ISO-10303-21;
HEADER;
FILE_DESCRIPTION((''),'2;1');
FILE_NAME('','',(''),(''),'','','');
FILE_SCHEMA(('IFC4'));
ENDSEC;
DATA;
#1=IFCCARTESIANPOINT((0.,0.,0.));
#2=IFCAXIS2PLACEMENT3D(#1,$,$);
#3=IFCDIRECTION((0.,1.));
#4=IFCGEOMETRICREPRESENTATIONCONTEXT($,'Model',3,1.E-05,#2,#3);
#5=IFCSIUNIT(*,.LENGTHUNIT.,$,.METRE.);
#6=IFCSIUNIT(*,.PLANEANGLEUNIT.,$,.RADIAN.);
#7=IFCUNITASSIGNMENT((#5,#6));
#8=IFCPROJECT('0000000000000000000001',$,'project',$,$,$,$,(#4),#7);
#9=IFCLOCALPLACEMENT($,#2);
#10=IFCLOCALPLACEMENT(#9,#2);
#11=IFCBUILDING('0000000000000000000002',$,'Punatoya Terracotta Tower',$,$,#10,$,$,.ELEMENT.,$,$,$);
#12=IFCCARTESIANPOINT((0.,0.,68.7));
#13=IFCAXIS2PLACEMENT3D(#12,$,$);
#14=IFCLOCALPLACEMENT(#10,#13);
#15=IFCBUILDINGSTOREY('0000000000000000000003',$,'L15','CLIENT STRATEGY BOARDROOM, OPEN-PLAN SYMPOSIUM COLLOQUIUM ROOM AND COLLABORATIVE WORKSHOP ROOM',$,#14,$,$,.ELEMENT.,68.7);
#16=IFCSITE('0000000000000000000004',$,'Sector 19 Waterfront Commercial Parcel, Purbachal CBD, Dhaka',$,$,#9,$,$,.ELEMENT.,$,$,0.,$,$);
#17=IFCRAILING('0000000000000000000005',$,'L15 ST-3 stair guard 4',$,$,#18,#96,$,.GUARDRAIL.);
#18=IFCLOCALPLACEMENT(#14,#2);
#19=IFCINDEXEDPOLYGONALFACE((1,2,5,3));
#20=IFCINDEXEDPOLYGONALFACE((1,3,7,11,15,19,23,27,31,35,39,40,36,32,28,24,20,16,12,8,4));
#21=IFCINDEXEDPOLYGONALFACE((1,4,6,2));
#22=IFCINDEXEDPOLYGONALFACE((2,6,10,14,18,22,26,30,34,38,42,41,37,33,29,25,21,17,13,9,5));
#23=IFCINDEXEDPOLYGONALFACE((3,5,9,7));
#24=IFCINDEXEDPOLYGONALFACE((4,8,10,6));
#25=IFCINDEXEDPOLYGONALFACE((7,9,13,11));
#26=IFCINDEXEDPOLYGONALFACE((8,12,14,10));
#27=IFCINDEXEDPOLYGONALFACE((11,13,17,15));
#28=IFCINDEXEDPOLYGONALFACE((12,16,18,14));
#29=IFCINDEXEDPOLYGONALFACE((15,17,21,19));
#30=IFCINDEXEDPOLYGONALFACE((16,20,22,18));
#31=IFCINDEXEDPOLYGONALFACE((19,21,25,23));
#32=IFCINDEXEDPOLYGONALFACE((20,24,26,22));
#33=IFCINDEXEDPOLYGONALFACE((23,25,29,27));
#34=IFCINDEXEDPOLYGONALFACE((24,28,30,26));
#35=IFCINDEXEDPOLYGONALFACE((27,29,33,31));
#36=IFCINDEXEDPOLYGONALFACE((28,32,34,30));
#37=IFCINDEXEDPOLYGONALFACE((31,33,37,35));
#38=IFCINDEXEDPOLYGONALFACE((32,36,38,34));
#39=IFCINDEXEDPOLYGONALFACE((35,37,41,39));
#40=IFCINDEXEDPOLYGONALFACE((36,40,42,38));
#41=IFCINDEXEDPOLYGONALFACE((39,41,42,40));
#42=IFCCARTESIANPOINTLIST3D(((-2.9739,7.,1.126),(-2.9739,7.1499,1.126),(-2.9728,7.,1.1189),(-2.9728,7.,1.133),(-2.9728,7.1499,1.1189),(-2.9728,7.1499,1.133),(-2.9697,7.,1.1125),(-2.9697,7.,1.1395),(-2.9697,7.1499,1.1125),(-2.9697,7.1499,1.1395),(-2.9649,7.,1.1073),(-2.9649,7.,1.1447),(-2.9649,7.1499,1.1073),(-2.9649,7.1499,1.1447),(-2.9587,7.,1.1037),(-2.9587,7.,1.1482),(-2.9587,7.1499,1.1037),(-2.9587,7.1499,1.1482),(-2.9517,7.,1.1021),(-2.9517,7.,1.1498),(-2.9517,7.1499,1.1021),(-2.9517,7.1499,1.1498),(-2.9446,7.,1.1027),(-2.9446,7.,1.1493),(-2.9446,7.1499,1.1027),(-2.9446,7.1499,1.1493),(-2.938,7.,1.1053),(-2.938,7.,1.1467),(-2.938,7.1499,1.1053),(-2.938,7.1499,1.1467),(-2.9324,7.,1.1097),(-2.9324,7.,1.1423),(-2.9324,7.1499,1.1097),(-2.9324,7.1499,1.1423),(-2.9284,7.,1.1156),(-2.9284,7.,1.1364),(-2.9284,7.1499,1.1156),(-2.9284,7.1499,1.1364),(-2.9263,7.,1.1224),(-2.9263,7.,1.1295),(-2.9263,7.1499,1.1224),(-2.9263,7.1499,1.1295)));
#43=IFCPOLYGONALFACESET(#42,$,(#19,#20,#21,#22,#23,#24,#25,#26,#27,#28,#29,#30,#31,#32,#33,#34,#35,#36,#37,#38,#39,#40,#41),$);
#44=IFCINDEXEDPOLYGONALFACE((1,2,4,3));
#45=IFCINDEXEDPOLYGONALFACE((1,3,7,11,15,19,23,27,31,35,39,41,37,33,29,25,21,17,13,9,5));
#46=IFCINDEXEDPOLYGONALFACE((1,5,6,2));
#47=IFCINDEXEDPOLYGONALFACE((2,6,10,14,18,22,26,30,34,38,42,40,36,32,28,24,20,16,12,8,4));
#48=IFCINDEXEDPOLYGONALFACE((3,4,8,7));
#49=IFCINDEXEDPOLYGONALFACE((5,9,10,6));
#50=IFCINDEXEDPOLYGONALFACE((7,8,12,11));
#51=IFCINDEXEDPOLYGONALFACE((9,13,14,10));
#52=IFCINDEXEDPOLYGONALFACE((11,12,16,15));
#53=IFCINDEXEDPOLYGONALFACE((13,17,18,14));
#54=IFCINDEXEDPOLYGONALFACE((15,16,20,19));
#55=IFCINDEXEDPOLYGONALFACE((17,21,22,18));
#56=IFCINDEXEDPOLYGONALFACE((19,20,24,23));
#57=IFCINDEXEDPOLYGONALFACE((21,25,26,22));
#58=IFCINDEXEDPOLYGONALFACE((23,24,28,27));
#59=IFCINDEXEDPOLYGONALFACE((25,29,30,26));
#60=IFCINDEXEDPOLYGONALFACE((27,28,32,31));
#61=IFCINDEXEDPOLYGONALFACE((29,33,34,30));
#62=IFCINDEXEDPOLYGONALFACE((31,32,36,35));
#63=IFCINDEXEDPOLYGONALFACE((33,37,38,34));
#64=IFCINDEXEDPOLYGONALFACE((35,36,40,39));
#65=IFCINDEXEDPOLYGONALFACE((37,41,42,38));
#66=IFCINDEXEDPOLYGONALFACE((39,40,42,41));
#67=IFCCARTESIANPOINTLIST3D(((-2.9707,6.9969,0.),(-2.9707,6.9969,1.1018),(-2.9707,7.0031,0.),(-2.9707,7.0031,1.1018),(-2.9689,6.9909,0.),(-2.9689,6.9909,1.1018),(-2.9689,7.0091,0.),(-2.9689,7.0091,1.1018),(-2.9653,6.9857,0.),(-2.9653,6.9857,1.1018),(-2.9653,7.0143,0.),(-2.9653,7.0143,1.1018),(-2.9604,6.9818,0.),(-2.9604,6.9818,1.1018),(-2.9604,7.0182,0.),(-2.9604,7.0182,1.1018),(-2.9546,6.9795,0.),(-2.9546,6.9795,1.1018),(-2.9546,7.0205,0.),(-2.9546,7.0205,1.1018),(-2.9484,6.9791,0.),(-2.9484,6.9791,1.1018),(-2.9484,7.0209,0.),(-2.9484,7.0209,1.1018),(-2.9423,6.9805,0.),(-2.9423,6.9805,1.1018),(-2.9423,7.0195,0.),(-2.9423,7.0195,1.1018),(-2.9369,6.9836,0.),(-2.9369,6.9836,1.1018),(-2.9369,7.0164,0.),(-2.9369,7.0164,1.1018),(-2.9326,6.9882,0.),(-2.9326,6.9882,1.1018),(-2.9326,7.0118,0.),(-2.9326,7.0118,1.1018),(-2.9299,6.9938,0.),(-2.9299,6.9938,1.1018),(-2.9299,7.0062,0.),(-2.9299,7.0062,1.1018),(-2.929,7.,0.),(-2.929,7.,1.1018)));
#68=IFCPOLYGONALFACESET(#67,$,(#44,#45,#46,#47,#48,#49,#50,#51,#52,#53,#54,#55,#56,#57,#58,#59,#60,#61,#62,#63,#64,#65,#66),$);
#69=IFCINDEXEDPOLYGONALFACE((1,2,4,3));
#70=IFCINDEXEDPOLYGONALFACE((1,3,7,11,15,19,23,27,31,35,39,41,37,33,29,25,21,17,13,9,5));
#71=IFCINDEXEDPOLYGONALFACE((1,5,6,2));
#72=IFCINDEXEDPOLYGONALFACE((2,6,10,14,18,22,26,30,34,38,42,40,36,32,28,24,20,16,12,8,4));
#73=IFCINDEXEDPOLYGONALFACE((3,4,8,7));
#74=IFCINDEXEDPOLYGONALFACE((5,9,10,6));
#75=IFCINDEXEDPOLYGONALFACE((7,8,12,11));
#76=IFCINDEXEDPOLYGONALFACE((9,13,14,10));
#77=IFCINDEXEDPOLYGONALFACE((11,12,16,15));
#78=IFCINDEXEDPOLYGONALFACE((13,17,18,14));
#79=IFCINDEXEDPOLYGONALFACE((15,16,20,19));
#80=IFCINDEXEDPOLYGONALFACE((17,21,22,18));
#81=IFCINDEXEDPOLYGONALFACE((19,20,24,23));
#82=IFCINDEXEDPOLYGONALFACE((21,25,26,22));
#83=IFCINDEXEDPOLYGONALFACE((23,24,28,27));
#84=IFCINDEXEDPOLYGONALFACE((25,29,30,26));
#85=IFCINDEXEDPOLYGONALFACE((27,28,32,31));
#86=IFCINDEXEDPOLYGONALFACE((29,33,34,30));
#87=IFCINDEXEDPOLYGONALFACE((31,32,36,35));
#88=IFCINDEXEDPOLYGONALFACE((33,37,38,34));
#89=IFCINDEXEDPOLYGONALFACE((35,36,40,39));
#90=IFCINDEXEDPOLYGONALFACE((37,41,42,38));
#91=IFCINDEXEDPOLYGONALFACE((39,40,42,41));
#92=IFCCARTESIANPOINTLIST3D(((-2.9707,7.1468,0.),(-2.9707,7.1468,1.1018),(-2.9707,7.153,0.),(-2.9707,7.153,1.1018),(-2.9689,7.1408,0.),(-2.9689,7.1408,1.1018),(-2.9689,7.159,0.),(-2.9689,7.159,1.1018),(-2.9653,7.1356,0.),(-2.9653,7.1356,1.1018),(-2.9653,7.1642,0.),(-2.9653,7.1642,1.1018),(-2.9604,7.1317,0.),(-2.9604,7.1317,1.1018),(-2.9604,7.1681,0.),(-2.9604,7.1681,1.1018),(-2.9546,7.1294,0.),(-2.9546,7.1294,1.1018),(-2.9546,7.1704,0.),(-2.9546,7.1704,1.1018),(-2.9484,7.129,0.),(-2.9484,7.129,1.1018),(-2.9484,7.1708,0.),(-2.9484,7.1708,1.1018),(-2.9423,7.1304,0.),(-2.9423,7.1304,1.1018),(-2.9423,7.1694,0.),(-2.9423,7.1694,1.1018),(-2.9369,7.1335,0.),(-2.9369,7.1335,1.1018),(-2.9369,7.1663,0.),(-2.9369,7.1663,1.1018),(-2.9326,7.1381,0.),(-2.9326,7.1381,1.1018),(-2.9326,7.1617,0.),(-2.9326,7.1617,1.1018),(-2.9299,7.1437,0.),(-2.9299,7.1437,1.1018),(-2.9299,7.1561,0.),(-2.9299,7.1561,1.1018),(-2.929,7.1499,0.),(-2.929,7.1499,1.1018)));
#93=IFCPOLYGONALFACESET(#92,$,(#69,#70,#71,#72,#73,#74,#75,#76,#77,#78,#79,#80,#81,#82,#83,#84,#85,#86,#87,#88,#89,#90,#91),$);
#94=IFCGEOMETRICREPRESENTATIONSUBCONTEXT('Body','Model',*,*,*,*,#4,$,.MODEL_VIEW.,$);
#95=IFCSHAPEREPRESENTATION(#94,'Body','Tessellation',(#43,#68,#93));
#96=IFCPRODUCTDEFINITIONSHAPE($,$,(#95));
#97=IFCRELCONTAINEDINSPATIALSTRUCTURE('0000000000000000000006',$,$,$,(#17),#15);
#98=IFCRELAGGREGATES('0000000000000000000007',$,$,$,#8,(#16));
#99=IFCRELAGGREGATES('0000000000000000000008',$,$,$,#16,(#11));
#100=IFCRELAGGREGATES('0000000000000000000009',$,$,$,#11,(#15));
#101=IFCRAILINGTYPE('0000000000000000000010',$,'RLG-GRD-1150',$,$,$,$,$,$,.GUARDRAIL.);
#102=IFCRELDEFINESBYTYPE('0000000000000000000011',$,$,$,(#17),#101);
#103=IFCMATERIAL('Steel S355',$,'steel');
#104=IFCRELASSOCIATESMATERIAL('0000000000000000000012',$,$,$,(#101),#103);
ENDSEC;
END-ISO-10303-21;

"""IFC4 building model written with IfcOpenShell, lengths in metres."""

from ifc_helpers import new_model, si_unit, direction, frame, origin, origin_2d, place, context, subcontext, project, spatial, circle, extrude, material, type_object, element, save


model = new_model("IFC4")

# Units and contexts
model_context = context("Model", 3, precision=1e-05, world=origin(), true_north=direction((0.0, 1.0)))
body_context = subcontext(model_context, "Body", "Model", "MODEL_VIEW")
ifc_project = project(units=[si_unit("LENGTHUNIT", "METRE"), si_unit("PLANEANGLEUNIT", "RADIAN")], contexts=[model_context])

# Site, building, storey
site_placement = place(None, origin())
site = spatial("IfcSite", under=ifc_project, at=site_placement, Name="Sector 19 Waterfront Commercial Parcel, Purbachal CBD, Dhaka", CompositionType="ELEMENT", RefElevation=0.0)
building_placement = place(site_placement, origin())
building = spatial("IfcBuilding", under=site, at=building_placement, Name="Punatoya Terracotta Tower", CompositionType="ELEMENT")
storey_placement = place(building_placement, frame((0.0, 0.0, 68.7)))
storey = spatial("IfcBuildingStorey", under=building, at=storey_placement, Name="L15", Description="CLIENT STRATEGY BOARDROOM, OPEN-PLAN SYMPOSIUM COLLOQUIUM ROOM AND COLLABORATIVE WORKSHOP ROOM", CompositionType="ELEMENT", Elevation=68.7)

# Shared definitions
ifc_material_1 = material(Name="Steel S355", Category="steel")

# Railing
railing_type_1 = type_object("IfcRailingType", Name="RLG-GRD-1150", PredefinedType="GUARDRAIL", material=ifc_material_1)
railing_1_placement = place(storey_placement, frame((-2.95, 7.0, 0.0)))
element("IfcRailing", 1, at=railing_1_placement, inside=storey, type_object=railing_type_1, Name="L15 ST-3 stair guard 4", PredefinedType="GUARDRAIL", context=body_context, shape_type="SweptSolid", body=[
    extrude(circle(Radius=0.0239, at=origin_2d()), frame((0.0, 0.0, 1.126), z_axis=(0.0, 1.0, 0.0), x_axis=(-1.0, 0.0, 0.0)), (0.0, 0.0, 1.0), 0.1499),
    extrude(circle(Radius=0.021, at=origin_2d()), origin(), (0.0, 0.0, 1.0), 1.1018),
    extrude(circle(Radius=0.021, at=origin_2d()), frame((0.0, 0.1499, 0.0)), (0.0, 0.0, 1.0), 1.1018),
])

save(model, "model.ifc")
